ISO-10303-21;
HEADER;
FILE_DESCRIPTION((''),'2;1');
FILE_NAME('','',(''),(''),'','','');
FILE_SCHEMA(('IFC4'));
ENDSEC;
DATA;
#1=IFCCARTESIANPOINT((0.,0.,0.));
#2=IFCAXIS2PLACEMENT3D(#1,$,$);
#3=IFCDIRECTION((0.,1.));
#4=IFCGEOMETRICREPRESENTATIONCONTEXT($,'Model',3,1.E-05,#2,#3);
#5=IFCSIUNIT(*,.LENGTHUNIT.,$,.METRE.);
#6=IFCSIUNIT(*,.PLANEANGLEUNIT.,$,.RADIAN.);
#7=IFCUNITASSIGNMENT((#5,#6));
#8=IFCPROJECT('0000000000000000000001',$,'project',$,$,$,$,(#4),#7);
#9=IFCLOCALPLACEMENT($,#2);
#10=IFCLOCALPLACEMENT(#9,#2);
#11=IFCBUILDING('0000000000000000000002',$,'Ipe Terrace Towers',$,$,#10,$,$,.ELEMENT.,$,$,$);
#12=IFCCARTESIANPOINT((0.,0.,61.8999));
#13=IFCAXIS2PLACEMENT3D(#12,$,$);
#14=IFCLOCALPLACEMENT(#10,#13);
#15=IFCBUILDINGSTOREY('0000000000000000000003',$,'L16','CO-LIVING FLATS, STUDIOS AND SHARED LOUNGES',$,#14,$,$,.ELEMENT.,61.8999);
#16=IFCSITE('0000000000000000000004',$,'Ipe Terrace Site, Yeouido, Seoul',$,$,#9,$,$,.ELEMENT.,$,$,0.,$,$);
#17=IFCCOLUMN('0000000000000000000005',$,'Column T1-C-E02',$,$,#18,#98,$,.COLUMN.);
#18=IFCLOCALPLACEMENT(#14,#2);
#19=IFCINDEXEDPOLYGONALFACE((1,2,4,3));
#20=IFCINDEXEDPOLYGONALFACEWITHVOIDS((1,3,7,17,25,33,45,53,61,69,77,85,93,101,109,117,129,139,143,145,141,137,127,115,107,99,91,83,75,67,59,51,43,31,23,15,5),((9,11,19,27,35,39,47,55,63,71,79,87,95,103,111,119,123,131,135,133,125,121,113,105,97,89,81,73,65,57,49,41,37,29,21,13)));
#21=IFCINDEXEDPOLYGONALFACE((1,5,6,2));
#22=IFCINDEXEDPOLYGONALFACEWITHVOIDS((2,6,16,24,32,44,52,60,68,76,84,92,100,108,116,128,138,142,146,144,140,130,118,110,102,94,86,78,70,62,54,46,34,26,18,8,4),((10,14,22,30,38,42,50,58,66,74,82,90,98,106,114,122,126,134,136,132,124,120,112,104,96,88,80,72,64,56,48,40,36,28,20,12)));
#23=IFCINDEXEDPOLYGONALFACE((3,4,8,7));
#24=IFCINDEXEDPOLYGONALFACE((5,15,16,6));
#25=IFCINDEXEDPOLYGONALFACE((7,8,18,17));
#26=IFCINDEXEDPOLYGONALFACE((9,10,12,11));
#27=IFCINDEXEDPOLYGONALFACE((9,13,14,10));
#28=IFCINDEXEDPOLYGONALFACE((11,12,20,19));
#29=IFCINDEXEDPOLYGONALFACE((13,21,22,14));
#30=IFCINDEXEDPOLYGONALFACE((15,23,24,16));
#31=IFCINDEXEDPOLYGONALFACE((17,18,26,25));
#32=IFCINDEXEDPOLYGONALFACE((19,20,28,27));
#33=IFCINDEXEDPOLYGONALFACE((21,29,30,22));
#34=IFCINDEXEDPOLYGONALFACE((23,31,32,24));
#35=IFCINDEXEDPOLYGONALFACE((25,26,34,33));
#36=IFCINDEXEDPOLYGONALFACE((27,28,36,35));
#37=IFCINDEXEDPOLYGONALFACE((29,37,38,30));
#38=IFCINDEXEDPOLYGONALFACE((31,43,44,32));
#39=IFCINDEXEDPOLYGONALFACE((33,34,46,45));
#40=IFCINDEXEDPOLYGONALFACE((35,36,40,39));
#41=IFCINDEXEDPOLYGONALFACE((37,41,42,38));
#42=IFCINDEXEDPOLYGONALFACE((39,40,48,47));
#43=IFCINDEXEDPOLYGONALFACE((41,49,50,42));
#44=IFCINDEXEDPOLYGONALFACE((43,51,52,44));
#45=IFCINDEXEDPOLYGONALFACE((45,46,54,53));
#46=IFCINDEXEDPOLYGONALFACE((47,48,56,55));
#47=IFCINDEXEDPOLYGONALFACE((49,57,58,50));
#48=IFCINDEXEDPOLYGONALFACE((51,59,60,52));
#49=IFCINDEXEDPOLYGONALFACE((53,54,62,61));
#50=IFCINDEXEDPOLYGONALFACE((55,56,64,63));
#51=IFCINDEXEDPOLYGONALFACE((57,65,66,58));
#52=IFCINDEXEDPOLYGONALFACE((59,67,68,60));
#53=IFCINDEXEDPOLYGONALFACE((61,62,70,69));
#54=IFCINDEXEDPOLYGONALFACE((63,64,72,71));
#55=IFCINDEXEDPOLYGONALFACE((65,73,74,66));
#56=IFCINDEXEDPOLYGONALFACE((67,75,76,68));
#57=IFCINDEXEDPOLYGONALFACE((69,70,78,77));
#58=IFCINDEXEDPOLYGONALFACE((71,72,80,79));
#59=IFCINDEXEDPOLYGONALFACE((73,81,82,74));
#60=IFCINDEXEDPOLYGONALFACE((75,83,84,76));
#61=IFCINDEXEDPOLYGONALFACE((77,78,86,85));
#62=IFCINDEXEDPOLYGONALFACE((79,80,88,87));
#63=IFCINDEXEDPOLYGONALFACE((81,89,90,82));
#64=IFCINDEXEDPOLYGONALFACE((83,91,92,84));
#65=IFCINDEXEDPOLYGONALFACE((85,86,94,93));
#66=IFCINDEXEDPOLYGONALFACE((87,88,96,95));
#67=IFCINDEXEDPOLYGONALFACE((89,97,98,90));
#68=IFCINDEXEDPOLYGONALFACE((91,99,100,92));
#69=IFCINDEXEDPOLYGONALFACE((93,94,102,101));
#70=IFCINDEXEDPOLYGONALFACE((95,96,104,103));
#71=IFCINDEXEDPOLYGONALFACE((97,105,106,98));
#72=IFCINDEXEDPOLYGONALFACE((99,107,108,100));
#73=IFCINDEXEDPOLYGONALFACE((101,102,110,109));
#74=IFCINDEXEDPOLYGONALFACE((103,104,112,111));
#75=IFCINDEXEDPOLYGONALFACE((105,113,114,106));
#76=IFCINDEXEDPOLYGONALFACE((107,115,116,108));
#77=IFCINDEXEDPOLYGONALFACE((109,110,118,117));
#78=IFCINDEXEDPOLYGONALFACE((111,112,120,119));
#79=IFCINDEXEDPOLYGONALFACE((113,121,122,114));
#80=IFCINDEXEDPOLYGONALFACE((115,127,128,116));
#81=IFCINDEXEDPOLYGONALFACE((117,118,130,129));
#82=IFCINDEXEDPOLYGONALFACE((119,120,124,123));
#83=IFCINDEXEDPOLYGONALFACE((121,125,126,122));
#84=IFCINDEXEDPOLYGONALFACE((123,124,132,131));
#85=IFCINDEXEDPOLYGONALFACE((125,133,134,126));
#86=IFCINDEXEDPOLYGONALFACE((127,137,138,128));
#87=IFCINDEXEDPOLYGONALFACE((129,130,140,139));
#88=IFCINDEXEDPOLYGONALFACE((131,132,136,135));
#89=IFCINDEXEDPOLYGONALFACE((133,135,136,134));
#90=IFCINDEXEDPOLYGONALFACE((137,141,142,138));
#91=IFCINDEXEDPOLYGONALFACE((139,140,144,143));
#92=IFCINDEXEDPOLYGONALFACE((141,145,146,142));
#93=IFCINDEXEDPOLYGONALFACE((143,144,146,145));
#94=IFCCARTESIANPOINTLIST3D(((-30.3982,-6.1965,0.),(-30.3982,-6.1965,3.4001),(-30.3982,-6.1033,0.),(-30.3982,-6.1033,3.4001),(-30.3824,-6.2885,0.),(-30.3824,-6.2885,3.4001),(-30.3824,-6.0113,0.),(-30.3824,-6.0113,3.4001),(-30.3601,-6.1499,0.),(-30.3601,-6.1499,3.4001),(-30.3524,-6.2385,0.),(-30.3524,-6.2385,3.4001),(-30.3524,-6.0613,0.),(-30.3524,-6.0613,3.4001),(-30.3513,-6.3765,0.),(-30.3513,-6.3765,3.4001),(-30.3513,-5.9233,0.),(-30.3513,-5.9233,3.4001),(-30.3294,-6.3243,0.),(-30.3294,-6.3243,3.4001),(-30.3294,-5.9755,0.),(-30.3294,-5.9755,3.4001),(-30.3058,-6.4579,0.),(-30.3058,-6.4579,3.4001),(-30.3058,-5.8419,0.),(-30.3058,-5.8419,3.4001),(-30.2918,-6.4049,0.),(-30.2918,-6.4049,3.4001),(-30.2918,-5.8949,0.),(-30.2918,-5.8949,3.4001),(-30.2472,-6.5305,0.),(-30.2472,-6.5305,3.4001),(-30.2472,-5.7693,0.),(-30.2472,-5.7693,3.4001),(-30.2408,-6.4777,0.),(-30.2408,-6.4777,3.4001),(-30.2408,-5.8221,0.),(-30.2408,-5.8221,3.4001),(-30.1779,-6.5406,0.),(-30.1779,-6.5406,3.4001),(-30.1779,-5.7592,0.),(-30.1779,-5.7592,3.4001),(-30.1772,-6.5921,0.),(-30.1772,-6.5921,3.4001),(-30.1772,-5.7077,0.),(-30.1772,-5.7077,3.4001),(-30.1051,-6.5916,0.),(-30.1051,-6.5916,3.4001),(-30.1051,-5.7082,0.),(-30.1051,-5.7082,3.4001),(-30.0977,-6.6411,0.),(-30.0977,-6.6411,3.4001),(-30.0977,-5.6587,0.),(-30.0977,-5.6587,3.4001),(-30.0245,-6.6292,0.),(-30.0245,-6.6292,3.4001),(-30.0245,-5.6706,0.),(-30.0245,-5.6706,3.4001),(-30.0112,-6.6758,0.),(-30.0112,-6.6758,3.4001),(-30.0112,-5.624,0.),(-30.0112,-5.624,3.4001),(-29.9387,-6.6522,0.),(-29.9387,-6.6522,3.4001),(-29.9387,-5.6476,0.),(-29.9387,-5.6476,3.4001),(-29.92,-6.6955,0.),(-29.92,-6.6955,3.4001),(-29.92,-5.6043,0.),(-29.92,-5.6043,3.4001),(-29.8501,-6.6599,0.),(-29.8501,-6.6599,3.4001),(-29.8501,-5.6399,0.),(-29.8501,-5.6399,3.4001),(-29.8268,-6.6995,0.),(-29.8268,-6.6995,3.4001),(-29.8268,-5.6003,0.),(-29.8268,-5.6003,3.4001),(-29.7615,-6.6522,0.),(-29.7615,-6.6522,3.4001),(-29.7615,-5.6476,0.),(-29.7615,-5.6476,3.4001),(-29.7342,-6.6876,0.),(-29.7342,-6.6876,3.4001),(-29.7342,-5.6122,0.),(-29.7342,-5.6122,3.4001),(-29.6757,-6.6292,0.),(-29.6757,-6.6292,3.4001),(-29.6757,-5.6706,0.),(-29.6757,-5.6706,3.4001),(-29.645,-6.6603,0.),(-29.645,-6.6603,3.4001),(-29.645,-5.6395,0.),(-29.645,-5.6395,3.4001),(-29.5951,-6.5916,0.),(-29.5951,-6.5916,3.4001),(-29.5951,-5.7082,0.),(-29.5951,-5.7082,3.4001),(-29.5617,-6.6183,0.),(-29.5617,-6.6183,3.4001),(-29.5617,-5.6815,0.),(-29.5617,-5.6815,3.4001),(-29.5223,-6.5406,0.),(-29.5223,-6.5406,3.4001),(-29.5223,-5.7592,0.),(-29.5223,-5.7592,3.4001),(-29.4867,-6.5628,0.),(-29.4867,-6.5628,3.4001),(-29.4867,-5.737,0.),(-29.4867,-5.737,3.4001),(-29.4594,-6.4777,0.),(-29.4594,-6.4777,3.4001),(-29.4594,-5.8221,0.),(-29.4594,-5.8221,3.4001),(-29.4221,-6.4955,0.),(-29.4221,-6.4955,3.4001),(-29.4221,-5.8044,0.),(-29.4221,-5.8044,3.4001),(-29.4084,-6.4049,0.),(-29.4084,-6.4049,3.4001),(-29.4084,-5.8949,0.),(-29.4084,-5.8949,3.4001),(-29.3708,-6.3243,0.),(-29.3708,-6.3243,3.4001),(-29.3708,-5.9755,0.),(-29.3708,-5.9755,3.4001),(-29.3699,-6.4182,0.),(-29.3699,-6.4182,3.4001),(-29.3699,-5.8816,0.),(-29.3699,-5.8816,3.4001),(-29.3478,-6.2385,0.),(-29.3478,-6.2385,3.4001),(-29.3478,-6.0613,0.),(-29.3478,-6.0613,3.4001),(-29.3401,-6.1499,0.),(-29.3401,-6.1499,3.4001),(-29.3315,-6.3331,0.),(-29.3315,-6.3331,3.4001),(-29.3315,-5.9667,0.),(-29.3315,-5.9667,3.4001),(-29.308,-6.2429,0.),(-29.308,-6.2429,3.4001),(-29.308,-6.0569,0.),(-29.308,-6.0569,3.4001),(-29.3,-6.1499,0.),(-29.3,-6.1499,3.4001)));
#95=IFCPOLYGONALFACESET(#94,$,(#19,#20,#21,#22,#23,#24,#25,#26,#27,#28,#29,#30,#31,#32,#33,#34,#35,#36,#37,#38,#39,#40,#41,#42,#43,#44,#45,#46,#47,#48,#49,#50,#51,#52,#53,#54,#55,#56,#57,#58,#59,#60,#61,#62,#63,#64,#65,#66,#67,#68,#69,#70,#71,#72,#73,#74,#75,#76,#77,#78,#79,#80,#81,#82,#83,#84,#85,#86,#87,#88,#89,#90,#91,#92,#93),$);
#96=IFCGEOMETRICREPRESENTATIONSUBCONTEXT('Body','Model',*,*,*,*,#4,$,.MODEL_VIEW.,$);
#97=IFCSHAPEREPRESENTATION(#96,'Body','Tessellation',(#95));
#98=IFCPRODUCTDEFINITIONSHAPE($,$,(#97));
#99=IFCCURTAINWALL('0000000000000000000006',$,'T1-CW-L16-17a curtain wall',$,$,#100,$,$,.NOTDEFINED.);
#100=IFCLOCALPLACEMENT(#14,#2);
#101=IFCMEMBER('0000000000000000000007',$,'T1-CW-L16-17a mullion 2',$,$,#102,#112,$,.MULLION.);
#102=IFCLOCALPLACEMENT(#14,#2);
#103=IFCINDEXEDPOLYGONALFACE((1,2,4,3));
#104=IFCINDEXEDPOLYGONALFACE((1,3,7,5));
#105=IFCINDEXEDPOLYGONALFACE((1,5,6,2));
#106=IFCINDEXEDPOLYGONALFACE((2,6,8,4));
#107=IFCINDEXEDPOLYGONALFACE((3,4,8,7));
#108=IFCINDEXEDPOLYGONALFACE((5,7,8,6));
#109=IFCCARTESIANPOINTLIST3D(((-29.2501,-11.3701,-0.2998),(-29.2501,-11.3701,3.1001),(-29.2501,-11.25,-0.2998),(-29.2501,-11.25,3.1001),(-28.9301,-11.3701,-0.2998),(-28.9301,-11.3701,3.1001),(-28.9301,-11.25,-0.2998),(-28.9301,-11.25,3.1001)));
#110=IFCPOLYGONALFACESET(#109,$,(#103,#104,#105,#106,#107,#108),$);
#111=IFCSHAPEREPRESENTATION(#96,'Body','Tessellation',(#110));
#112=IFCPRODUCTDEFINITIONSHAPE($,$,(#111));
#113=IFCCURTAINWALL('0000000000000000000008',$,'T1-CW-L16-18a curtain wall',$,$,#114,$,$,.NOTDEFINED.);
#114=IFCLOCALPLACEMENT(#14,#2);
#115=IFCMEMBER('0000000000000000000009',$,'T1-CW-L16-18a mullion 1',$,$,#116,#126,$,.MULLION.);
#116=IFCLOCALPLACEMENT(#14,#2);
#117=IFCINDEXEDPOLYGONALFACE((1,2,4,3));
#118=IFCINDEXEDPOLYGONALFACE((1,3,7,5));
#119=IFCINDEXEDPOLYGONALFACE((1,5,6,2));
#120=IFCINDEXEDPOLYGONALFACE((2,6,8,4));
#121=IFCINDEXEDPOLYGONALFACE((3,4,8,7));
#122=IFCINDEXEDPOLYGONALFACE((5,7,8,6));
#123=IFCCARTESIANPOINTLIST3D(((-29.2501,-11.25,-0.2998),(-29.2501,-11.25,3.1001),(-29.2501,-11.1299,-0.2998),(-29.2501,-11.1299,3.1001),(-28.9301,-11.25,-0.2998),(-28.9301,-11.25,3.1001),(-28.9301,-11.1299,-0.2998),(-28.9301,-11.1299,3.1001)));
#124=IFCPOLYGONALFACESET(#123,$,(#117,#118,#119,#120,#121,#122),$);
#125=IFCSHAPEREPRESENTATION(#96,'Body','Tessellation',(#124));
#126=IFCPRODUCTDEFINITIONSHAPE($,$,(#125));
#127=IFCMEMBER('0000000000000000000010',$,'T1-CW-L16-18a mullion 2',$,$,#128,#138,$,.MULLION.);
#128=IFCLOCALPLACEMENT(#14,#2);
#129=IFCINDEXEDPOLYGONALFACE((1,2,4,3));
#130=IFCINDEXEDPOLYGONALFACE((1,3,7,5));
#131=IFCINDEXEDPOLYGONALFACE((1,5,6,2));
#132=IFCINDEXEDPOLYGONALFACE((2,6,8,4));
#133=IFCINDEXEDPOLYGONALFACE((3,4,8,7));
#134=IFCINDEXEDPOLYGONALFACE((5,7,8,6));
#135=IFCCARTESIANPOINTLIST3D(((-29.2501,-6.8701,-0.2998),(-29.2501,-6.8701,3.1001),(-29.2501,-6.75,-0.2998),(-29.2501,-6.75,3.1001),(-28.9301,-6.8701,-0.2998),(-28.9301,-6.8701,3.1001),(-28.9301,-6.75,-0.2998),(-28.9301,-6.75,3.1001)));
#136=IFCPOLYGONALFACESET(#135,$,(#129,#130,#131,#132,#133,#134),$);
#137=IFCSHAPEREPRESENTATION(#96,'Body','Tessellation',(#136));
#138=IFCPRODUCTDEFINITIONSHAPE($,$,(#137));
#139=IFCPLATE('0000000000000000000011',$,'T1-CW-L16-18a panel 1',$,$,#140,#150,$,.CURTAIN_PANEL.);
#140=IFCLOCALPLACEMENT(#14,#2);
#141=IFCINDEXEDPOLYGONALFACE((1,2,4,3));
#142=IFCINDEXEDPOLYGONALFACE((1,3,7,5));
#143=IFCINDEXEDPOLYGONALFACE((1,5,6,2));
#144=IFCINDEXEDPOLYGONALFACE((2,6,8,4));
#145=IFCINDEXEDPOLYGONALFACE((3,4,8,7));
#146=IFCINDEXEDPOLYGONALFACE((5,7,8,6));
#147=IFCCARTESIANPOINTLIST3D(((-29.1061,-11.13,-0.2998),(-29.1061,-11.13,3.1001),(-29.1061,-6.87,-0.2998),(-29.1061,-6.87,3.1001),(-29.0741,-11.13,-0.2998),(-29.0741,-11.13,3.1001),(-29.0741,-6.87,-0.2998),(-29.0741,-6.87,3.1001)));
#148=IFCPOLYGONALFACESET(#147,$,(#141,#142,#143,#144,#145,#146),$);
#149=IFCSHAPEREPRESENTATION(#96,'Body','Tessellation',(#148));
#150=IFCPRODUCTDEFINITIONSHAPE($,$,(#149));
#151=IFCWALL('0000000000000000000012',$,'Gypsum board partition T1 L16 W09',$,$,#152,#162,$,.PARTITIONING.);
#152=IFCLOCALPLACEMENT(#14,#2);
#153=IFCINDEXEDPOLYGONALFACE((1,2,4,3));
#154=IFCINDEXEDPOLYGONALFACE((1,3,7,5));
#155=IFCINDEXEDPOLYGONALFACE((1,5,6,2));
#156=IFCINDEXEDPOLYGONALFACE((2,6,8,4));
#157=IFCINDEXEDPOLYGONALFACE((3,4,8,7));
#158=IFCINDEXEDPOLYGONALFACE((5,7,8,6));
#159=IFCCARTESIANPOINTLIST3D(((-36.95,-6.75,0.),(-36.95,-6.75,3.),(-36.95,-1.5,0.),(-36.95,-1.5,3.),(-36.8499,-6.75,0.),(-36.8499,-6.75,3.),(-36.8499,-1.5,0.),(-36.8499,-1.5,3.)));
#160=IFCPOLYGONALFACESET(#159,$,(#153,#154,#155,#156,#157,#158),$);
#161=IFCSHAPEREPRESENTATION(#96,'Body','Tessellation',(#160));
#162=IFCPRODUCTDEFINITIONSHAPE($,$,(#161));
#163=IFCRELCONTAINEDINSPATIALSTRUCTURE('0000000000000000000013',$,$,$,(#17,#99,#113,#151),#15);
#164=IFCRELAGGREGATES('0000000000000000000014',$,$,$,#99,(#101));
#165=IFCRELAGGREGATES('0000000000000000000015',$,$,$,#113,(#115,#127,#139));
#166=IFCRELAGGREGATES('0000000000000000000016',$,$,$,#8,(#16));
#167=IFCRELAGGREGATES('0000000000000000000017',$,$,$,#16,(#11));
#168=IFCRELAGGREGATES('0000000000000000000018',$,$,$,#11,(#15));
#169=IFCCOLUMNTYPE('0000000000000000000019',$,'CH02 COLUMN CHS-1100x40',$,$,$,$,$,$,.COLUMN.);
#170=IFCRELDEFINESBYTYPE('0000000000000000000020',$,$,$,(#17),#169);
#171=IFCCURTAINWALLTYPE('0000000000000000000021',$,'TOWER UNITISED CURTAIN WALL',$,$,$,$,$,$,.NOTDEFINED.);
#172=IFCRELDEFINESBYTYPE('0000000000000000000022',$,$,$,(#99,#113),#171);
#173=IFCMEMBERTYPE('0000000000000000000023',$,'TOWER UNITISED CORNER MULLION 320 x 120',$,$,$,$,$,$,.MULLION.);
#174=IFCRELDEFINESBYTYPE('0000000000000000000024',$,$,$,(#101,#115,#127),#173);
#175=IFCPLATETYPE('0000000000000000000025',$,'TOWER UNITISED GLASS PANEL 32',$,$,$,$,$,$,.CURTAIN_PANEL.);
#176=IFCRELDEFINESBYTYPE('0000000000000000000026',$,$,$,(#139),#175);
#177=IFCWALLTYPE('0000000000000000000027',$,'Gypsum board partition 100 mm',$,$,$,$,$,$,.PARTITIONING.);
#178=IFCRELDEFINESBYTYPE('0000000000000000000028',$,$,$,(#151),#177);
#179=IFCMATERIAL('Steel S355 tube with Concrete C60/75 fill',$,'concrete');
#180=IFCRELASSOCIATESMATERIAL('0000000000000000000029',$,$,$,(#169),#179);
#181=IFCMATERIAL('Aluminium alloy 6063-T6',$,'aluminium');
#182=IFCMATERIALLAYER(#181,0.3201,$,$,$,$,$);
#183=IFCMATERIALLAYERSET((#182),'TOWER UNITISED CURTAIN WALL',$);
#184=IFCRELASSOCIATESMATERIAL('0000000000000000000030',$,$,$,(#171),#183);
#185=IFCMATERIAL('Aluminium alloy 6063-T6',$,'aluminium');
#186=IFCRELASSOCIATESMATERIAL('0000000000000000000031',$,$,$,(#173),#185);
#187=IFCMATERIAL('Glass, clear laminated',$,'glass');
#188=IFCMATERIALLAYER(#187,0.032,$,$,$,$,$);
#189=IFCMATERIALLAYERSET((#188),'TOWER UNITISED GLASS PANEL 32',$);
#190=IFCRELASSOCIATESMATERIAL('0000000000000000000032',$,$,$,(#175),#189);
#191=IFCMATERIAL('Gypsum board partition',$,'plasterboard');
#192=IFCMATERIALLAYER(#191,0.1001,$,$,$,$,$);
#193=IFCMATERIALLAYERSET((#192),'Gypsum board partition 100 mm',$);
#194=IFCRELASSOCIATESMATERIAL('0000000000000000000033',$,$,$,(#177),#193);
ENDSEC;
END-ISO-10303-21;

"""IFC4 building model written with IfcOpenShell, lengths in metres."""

from ifc_helpers import new_model, si_unit, direction, frame, frame_2d, origin, origin_2d, place, context, subcontext, project, spatial, rectangle, hollow_circle, extrude, material, layer, layer_set, material_profile, profile_set, type_object, element, aggregate, save


model = new_model("IFC4")

# Units and contexts
model_context = context("Model", 3, precision=1e-05, world=origin(), true_north=direction((0.0, 1.0)))
body_context = subcontext(model_context, "Body", "Model", "MODEL_VIEW")
ifc_project = project(units=[si_unit("LENGTHUNIT", "METRE"), si_unit("PLANEANGLEUNIT", "RADIAN")], contexts=[model_context])

# Site, building, storey
site_placement = place(None, origin())
site = spatial("IfcSite", under=ifc_project, at=site_placement, Name="Ipe Terrace Site, Yeouido, Seoul", CompositionType="ELEMENT", RefElevation=0.0)
building_placement = place(site_placement, origin())
building = spatial("IfcBuilding", under=site, at=building_placement, Name="Ipe Terrace Towers", CompositionType="ELEMENT")
storey_placement = place(building_placement, frame((0.0, 0.0, 61.8999)))
storey = spatial("IfcBuildingStorey", under=building, at=storey_placement, Name="L16", Description="CO-LIVING FLATS, STUDIOS AND SHARED LOUNGES", CompositionType="ELEMENT", Elevation=61.8999)

# Column
ifc_material_1 = material(Name="Steel S355 tube with Concrete C60/75 fill", Category="concrete")
ifc_material_profile_1 = material_profile(ifc_material_1, hollow_circle(Radius=0.55, WallThickness=0.04, at=origin_2d()), Name="CHS-1100x40")
ifc_profile_set_1 = profile_set([ifc_material_profile_1], Name="Steel S355 tube with Concrete C60/75 fill")
column_type = type_object("IfcColumnType", Name="CH02 COLUMN CHS-1100x40", PredefinedType="COLUMN", material=ifc_profile_set_1)
column_placement = place(storey_placement, frame((-29.8501, -6.1499, 0.0), z_axis=(0.0, 0.0, 1.0), x_axis=(1.0, 0.0, 0.0)))
element("IfcColumn", 1, at=column_placement, inside=storey, type_object=column_type, Name="Column T1-C-E02", PredefinedType="COLUMN", context=body_context, shape_type="SweptSolid", body=[
    extrude(hollow_circle(Radius=0.55, WallThickness=0.04, at=origin_2d()), origin(), (0.0, 0.0, 1.0), 3.4001),
])

# Curtain wall, member
ifc_material_2 = material(Name="Aluminium alloy 6063-T6", Category="aluminium")
ifc_layer_1 = layer(ifc_material_2, 0.3201)
ifc_layer_set_1 = layer_set([ifc_layer_1], Name="TOWER UNITISED CURTAIN WALL")
curtain_wall_type = type_object("IfcCurtainWallType", Name="TOWER UNITISED CURTAIN WALL", PredefinedType="NOTDEFINED", material=ifc_layer_set_1)
curtain_wall_1_placement = place(storey_placement, origin())
curtain_wall_1 = element("IfcCurtainWall", 2, at=curtain_wall_1_placement, inside=storey, type_object=curtain_wall_type, Name="T1-CW-L16-17a curtain wall", PredefinedType="NOTDEFINED")
ifc_material_3 = material(Name="Aluminium alloy 6063-T6", Category="aluminium")
ifc_material_profile_2 = material_profile(ifc_material_3, rectangle(XDim=0.3201, YDim=0.1201, at=origin_2d()), Name="TOWER UNITISED CORNER MULLION 320 x 120")
ifc_profile_set_2 = profile_set([ifc_material_profile_2], Name="Aluminium alloy 6063-T6")
member_type = type_object("IfcMemberType", Name="TOWER UNITISED CORNER MULLION 320 x 120", PredefinedType="MULLION", material=ifc_profile_set_2)
member_1_placement = place(storey_placement, frame((-29.0901, -11.3101, -0.2998), z_axis=(0.0, 0.0, 1.0), x_axis=(1.0, 0.0, 0.0)))
member_1 = element("IfcMember", 3, at=member_1_placement, type_object=member_type, Name="T1-CW-L16-17a mullion 2", PredefinedType="MULLION", context=body_context, shape_type="SweptSolid", body=[
    extrude(rectangle(XDim=0.3201, YDim=0.1201, at=origin_2d()), origin(), (0.0, 0.0, 1.0), 3.3999),
])
aggregate(curtain_wall_1, [member_1])

# Curtain wall, members, plate
curtain_wall_2_placement = place(storey_placement, origin())
curtain_wall_2 = element("IfcCurtainWall", 4, at=curtain_wall_2_placement, inside=storey, type_object=curtain_wall_type, Name="T1-CW-L16-18a curtain wall", PredefinedType="NOTDEFINED")
member_2_placement = place(storey_placement, frame((-29.0901, -11.1899, -0.2998), z_axis=(0.0, 0.0, 1.0), x_axis=(1.0, 0.0, 0.0)))
member_2 = element("IfcMember", 5, at=member_2_placement, type_object=member_type, Name="T1-CW-L16-18a mullion 1", PredefinedType="MULLION", context=body_context, shape_type="SweptSolid", body=[
    extrude(rectangle(XDim=0.3201, YDim=0.1201, at=origin_2d()), origin(), (0.0, 0.0, 1.0), 3.3999),
])
member_3_placement = place(storey_placement, frame((-29.0901, -6.8101, -0.2998), z_axis=(0.0, 0.0, 1.0), x_axis=(1.0, 0.0, 0.0)))
member_3 = element("IfcMember", 6, at=member_3_placement, type_object=member_type, Name="T1-CW-L16-18a mullion 2", PredefinedType="MULLION", context=body_context, shape_type="SweptSolid", body=[
    extrude(rectangle(XDim=0.3201, YDim=0.1201, at=origin_2d()), origin(), (0.0, 0.0, 1.0), 3.3999),
])
ifc_material_4 = material(Name="Glass, clear laminated", Category="glass")
ifc_layer_2 = layer(ifc_material_4, 0.032)
ifc_layer_set_2 = layer_set([ifc_layer_2], Name="TOWER UNITISED GLASS PANEL 32")
plate_type = type_object("IfcPlateType", Name="TOWER UNITISED GLASS PANEL 32", PredefinedType="CURTAIN_PANEL", material=ifc_layer_set_2)
plate_placement = place(storey_placement, frame((-29.0901, -9.0, -0.2998), z_axis=(0.0, 0.0, 1.0), x_axis=(0.0, 1.0, 0.0)))
plate = element("IfcPlate", 7, at=plate_placement, type_object=plate_type, Name="T1-CW-L16-18a panel 1", PredefinedType="CURTAIN_PANEL", context=body_context, shape_type="SweptSolid", body=[
    extrude(rectangle(XDim=4.26, YDim=0.032, at=origin_2d()), origin(), (0.0, 0.0, 1.0), 3.3999),
])
aggregate(curtain_wall_2, [member_2, member_3, plate])

# Wall
ifc_material_5 = material(Name="Gypsum board partition", Category="plasterboard")
ifc_layer_3 = layer(ifc_material_5, 0.1001)
ifc_layer_set_3 = layer_set([ifc_layer_3], Name="Gypsum board partition 100 mm")
wall_type_1 = type_object("IfcWallType", Name="Gypsum board partition 100 mm", PredefinedType="PARTITIONING", material=ifc_layer_set_3)
wall_1_placement = place(storey_placement, frame((-36.8999, -6.75, 0.0), z_axis=(0.0, 0.0, 1.0), x_axis=(0.0, 1.0, 0.0)))
element("IfcWall", 8, at=wall_1_placement, inside=storey, type_object=wall_type_1, Name="Gypsum board partition T1 L16 W09", PredefinedType="PARTITIONING", context=body_context, shape_type="SweptSolid", body=[
    extrude(rectangle(XDim=5.25, YDim=0.1001, at=frame_2d((2.625, 0.0))), origin(), (0.0, 0.0, 1.0), 3.0),
])

save(model, "model.ifc")
